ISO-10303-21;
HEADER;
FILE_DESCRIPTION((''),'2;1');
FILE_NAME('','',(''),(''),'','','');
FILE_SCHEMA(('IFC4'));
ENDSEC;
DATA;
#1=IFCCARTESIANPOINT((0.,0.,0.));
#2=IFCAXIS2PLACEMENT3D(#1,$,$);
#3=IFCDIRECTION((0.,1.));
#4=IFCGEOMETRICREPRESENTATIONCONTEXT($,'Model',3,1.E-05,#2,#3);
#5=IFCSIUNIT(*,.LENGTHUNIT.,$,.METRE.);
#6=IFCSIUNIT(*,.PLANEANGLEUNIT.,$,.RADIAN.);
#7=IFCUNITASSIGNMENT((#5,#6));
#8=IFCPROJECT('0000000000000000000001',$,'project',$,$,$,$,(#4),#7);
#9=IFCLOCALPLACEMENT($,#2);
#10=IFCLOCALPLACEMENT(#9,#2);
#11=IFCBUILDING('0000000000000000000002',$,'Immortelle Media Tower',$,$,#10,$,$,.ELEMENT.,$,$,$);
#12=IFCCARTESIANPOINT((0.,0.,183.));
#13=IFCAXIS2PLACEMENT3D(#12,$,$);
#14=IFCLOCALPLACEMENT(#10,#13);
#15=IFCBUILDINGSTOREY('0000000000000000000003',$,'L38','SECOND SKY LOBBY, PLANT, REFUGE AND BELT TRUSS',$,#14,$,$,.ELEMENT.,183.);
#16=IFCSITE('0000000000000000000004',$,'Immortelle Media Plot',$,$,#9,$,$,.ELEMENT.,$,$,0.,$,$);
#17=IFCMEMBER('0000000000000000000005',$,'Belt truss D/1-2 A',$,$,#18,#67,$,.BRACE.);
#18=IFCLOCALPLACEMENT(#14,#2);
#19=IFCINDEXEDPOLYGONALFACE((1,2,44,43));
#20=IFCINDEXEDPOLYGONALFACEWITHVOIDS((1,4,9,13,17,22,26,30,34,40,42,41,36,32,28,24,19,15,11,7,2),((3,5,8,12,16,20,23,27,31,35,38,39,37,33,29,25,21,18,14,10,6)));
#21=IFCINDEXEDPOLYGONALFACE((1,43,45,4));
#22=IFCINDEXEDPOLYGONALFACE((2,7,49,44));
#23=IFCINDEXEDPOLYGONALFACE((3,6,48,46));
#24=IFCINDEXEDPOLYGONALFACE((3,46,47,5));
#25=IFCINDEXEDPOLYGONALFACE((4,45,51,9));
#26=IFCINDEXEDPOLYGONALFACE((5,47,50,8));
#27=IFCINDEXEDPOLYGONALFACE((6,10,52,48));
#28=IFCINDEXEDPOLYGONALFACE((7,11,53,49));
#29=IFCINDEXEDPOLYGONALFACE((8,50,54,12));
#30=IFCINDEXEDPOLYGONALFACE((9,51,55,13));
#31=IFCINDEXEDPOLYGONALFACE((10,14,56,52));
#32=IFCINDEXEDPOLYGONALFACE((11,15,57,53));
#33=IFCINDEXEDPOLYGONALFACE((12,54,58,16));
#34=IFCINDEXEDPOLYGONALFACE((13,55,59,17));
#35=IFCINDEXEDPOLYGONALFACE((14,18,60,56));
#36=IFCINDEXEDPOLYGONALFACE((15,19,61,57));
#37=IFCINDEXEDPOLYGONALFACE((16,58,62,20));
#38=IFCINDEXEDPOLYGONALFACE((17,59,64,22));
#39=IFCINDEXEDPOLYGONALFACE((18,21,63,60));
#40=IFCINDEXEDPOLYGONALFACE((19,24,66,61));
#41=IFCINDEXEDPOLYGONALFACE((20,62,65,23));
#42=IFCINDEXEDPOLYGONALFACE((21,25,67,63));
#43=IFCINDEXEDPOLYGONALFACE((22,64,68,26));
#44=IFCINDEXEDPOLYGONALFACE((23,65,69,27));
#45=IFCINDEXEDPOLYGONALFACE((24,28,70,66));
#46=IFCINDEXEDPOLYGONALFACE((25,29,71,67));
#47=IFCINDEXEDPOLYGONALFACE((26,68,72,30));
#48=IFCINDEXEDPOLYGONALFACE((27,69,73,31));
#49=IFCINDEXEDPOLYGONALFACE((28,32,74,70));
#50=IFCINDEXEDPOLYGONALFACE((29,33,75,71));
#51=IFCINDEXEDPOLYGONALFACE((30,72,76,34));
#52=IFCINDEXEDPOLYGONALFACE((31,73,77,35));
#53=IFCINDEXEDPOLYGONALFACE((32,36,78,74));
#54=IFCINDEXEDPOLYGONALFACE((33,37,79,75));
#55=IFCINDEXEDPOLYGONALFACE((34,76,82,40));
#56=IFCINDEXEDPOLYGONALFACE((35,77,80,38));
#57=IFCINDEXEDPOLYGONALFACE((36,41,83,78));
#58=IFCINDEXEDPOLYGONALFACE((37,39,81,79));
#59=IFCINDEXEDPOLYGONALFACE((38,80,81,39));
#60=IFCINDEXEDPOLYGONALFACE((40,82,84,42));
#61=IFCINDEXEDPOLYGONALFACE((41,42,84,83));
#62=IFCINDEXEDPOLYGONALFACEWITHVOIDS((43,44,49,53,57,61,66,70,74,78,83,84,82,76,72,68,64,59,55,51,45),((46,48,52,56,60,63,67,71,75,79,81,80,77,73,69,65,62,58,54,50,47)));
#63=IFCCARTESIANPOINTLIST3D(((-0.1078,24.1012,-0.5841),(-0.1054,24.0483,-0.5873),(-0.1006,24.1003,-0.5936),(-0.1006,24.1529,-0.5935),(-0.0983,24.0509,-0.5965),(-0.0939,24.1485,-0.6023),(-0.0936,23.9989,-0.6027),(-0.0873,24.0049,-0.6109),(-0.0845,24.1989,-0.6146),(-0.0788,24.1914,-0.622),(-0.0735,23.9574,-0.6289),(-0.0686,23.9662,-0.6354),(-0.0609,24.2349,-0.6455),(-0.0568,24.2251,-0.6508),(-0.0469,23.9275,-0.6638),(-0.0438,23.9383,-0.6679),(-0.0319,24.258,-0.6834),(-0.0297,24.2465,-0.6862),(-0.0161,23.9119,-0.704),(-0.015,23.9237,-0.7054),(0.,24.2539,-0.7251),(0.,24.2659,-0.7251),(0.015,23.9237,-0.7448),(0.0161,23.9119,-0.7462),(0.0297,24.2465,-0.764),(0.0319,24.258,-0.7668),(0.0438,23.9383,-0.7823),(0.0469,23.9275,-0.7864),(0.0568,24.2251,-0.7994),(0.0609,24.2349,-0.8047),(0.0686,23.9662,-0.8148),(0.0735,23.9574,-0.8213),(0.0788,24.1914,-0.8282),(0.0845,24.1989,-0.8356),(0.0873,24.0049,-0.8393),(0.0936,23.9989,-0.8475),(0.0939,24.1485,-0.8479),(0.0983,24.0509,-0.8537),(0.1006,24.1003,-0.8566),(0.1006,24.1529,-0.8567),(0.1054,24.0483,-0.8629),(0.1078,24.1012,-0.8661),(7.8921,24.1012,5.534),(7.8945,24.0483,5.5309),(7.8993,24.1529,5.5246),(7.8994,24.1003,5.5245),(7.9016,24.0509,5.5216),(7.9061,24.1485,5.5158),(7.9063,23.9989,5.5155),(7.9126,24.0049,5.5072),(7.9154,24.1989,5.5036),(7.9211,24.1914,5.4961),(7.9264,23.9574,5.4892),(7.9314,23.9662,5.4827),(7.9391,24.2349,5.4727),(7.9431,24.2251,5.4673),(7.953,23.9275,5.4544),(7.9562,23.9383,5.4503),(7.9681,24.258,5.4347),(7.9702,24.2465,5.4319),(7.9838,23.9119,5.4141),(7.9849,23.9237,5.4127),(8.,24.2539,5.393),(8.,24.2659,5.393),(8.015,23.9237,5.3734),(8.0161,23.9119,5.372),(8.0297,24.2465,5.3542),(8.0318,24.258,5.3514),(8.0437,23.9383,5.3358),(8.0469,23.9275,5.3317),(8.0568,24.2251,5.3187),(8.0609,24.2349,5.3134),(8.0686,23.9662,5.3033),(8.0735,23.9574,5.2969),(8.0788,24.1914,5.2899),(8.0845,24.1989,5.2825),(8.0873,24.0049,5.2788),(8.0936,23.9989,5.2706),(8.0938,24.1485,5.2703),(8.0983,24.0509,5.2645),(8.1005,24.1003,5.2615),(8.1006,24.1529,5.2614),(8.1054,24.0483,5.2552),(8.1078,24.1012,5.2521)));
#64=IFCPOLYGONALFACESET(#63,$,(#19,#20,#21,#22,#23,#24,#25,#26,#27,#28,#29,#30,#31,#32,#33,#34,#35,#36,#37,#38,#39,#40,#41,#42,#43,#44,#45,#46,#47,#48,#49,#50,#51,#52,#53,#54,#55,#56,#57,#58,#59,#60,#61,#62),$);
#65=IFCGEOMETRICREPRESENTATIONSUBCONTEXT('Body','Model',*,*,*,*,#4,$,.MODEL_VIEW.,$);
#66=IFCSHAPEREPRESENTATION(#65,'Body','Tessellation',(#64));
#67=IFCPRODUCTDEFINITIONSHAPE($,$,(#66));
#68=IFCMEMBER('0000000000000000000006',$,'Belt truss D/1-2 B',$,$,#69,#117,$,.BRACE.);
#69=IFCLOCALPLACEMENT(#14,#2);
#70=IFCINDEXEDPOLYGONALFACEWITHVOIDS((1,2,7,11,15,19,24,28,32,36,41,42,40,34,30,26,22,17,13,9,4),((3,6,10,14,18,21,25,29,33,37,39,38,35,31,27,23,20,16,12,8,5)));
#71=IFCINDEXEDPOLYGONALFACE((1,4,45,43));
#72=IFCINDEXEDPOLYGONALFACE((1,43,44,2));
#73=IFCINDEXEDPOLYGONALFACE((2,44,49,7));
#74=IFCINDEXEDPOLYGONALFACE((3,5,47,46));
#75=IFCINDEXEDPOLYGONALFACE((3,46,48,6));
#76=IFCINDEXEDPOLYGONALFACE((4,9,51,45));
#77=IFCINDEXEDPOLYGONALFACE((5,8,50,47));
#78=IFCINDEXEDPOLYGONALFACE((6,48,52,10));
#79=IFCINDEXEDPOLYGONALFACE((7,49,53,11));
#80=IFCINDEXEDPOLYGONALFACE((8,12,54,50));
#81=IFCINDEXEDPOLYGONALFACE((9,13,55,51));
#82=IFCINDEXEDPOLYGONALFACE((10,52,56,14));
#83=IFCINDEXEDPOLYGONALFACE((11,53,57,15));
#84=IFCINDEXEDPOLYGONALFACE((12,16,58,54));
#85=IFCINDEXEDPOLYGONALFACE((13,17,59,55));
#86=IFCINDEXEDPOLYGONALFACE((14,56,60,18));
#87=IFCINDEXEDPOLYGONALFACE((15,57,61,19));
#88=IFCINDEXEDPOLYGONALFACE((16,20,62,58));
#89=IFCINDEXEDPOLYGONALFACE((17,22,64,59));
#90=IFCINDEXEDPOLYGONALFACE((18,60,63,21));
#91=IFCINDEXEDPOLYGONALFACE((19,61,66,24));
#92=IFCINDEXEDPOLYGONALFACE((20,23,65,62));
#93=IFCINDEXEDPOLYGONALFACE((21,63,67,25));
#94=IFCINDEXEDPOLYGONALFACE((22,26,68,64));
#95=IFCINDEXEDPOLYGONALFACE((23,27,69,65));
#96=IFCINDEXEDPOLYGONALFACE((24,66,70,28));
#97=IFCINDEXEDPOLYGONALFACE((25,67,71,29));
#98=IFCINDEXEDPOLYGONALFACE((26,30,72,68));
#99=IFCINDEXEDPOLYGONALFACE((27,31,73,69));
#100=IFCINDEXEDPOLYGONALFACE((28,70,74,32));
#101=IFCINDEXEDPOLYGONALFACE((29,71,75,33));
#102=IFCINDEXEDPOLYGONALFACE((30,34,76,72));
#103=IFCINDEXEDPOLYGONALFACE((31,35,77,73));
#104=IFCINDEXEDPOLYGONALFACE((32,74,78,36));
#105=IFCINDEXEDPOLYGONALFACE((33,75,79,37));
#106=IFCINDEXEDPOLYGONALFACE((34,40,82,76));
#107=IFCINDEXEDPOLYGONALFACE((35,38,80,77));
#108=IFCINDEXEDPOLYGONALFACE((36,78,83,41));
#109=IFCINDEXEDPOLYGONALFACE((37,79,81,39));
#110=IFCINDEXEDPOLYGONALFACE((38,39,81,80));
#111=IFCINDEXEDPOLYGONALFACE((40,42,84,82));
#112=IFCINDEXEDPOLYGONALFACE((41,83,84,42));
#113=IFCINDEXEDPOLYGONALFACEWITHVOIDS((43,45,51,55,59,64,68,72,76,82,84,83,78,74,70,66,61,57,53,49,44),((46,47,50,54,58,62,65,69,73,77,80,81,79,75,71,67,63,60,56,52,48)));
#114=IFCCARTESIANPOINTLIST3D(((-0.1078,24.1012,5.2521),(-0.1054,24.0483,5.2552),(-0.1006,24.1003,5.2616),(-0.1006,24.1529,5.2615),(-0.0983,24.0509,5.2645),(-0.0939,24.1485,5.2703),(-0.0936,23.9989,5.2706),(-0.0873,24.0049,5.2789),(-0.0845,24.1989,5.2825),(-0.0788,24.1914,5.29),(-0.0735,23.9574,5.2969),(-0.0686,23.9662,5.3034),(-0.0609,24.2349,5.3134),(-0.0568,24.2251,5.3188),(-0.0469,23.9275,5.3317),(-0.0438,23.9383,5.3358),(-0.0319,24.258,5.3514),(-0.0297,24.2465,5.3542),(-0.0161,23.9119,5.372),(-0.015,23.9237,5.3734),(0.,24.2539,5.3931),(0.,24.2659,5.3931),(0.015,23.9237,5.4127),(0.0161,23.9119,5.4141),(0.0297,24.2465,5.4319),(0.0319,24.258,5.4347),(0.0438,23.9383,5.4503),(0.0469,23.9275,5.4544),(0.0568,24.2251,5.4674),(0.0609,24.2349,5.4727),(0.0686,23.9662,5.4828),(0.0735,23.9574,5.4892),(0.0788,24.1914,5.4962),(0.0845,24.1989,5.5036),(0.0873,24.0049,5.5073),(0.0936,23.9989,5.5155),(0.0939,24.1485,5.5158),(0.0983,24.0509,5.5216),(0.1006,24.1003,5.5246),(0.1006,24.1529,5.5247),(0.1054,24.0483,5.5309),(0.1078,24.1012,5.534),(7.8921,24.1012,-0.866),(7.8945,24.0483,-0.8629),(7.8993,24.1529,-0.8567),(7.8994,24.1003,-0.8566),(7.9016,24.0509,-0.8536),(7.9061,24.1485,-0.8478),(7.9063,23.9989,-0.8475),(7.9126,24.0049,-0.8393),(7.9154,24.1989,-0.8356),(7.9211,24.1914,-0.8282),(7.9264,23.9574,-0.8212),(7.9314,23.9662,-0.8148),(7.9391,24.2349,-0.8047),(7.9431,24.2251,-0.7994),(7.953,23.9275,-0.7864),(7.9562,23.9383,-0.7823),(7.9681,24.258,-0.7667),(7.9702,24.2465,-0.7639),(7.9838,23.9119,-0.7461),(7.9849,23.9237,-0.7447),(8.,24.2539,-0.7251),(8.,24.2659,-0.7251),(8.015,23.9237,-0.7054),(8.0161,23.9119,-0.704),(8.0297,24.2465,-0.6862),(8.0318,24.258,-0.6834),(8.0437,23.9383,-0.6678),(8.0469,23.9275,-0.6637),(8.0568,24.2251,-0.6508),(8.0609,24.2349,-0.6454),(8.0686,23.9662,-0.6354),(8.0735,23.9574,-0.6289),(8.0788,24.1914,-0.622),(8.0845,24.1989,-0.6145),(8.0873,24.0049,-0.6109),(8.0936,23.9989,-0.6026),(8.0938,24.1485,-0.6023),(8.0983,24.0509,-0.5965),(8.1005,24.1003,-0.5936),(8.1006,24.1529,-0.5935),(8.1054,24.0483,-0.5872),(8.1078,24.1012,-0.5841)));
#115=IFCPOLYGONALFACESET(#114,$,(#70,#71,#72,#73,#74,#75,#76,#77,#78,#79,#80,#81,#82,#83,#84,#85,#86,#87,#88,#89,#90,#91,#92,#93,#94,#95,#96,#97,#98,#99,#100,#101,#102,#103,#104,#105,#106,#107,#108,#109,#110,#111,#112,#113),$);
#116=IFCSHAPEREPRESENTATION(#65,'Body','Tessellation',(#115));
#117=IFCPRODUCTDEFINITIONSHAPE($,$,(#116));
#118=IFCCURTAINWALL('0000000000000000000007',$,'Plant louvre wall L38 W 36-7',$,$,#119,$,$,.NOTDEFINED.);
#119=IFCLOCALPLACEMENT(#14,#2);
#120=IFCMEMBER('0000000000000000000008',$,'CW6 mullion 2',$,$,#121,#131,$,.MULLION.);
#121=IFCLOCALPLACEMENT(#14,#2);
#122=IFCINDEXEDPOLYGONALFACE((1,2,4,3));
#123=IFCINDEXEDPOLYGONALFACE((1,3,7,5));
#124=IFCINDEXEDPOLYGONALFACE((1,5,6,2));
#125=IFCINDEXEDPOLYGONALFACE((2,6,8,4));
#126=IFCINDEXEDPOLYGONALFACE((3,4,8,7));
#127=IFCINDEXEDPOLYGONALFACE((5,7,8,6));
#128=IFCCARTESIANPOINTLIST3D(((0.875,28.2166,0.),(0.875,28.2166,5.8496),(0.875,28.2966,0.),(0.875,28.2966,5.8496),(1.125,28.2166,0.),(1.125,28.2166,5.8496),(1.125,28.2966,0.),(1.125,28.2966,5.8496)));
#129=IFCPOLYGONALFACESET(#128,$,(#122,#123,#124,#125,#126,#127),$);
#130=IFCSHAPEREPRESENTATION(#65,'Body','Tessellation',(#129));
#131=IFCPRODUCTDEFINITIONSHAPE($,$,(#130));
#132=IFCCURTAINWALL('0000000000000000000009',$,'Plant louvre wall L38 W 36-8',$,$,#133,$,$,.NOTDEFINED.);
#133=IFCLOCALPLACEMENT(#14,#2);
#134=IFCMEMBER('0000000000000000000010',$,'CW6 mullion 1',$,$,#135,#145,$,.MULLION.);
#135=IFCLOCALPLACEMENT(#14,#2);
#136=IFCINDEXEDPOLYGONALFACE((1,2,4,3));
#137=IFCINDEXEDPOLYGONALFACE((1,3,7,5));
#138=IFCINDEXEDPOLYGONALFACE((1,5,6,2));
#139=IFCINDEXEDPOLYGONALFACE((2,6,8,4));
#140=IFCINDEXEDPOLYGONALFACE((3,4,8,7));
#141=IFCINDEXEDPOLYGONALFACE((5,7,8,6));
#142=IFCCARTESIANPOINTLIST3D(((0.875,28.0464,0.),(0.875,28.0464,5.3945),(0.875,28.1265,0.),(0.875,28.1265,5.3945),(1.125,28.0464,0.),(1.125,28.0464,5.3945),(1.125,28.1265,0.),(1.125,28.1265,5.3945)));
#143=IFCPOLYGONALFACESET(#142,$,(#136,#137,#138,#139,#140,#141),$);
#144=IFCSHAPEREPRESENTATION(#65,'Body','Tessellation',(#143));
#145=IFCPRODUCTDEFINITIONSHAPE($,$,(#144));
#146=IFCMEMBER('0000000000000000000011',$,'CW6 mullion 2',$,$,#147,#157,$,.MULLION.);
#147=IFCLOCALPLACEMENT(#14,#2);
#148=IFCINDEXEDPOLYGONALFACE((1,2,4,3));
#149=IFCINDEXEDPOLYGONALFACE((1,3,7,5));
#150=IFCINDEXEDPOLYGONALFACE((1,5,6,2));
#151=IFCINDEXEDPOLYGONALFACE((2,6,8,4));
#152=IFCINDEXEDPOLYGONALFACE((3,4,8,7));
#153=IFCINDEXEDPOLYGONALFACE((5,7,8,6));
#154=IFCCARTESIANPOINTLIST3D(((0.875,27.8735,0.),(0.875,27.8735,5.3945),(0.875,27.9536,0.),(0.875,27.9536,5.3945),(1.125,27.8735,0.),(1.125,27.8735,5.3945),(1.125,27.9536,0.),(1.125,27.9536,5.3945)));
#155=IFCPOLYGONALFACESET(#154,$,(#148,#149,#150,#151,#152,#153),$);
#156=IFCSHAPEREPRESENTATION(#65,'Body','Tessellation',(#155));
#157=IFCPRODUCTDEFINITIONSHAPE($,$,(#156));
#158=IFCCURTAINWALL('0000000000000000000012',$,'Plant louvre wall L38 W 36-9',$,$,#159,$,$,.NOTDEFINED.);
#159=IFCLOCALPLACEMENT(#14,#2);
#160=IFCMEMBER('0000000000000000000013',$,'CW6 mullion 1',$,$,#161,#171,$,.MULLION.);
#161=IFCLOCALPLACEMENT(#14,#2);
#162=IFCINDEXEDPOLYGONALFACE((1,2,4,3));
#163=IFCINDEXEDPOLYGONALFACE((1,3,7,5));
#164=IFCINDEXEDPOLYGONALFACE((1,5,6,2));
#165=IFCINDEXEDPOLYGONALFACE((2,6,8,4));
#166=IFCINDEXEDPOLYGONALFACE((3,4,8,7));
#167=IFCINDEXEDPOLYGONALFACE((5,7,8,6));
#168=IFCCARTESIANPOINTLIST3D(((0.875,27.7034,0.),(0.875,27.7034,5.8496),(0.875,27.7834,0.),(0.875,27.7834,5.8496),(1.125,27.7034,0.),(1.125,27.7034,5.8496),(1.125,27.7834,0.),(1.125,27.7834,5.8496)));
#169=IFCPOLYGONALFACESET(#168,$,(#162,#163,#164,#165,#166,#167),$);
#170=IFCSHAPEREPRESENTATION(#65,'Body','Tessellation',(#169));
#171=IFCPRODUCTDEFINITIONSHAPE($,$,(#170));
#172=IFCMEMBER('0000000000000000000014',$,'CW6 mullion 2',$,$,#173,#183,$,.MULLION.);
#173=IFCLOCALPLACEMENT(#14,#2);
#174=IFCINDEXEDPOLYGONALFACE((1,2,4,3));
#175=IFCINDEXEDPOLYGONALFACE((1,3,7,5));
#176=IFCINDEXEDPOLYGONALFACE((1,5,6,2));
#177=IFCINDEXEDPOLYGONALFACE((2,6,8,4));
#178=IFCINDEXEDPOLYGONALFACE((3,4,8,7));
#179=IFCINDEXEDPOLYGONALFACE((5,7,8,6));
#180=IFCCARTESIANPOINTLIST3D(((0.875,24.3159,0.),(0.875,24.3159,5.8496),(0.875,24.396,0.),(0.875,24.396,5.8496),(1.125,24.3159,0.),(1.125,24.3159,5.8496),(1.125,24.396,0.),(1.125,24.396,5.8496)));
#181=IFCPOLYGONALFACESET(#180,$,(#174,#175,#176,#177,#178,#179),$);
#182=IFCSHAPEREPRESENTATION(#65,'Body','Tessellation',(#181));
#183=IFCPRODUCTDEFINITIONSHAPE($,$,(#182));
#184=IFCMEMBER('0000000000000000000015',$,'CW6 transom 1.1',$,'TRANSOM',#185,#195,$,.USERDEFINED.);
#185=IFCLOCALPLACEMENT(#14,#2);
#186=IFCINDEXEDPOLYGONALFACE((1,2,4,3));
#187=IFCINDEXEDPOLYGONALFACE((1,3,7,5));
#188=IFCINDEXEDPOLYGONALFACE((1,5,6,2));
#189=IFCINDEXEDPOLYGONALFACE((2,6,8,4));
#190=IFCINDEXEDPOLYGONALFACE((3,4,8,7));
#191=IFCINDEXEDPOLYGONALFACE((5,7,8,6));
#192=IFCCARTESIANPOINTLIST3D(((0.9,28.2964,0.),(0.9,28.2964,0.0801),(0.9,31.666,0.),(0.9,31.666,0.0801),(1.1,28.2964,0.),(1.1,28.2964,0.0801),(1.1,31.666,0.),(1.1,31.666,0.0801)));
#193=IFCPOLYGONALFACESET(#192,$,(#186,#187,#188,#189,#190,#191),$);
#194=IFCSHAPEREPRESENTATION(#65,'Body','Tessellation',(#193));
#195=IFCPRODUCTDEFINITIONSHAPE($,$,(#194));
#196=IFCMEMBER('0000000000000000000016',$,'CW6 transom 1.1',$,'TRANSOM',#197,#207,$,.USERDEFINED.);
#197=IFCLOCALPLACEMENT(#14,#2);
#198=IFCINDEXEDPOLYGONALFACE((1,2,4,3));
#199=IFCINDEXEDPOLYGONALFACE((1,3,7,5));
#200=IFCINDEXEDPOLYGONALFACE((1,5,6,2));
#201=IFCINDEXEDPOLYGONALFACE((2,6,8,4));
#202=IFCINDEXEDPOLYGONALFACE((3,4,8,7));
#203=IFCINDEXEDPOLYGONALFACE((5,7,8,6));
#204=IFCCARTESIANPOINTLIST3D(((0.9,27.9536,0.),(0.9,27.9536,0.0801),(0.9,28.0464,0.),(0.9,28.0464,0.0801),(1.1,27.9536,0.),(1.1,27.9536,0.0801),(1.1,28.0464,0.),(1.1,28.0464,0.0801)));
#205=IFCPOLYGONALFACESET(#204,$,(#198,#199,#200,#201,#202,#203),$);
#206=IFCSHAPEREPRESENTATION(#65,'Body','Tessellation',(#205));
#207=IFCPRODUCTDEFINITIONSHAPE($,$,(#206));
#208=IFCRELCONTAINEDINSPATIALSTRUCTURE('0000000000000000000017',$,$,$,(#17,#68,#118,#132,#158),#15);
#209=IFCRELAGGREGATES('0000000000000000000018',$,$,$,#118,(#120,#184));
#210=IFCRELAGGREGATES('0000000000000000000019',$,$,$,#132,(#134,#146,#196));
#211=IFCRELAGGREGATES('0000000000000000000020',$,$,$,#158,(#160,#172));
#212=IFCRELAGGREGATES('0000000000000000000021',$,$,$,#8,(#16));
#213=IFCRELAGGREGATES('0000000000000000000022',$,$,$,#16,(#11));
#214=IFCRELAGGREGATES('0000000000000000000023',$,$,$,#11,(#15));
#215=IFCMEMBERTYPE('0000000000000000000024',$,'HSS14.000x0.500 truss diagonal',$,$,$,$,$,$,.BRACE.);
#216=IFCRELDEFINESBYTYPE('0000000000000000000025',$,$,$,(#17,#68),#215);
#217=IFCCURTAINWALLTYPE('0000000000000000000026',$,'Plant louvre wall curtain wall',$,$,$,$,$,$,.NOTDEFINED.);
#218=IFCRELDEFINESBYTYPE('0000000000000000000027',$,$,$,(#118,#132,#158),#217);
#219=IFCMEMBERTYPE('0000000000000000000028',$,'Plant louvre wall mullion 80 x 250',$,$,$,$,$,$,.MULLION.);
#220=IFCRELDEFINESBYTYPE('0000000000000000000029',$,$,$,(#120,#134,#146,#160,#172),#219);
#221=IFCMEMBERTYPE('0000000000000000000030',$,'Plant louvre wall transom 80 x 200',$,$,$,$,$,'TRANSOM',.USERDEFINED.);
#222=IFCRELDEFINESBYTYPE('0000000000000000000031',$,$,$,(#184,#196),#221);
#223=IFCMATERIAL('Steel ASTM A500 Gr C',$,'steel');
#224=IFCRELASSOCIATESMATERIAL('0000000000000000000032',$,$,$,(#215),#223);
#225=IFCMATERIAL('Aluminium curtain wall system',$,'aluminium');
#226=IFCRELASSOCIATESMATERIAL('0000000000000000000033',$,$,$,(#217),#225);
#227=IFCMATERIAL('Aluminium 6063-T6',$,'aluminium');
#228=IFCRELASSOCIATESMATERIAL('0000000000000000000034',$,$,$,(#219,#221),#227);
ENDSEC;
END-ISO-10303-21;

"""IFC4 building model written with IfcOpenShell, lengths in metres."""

from ifc_helpers import new_model, si_unit, direction, frame, origin, origin_2d, place, context, subcontext, project, spatial, rectangle, hollow_circle, extrude, material, material_profile, profile_set, type_object, element, aggregate, save


model = new_model("IFC4")

# Units and contexts
model_context = context("Model", 3, precision=1e-05, world=origin(), true_north=direction((0.0, 1.0)))
body_context = subcontext(model_context, "Body", "Model", "MODEL_VIEW")
ifc_project = project(units=[si_unit("LENGTHUNIT", "METRE"), si_unit("PLANEANGLEUNIT", "RADIAN")], contexts=[model_context])

# Site, building, storey
site_placement = place(None, origin())
site = spatial("IfcSite", under=ifc_project, at=site_placement, Name="Immortelle Media Plot", CompositionType="ELEMENT", RefElevation=0.0)
building_placement = place(site_placement, origin())
building = spatial("IfcBuilding", under=site, at=building_placement, Name="Immortelle Media Tower", CompositionType="ELEMENT")
storey_placement = place(building_placement, frame((0.0, 0.0, 183.0)))
storey = spatial("IfcBuildingStorey", under=building, at=storey_placement, Name="L38", Description="SECOND SKY LOBBY, PLANT, REFUGE AND BELT TRUSS", CompositionType="ELEMENT", Elevation=183.0)

# Members
ifc_material_1 = material(Name="Steel ASTM A500 Gr C", Category="steel")
ifc_material_profile_1 = material_profile(ifc_material_1, hollow_circle(Radius=0.178, WallThickness=0.012, at=origin_2d()), Name="HSS14.000x0.500 truss diagonal")
ifc_profile_set_1 = profile_set([ifc_material_profile_1], Name="Steel ASTM A500 Gr C")
member_type_1 = type_object("IfcMemberType", Name="HSS14.000x0.500 truss diagonal", PredefinedType="BRACE", material=ifc_profile_set_1)
for number, where, z_axis, x_axis, name in (
    (1, (0.0, 24.0879, -0.7251), (0.794333, 0.0, 0.607482), (0.0, 1.0, 0.0), "Belt truss D/1-2 A"),
    (2, (0.0, 24.0879, 5.3931), (0.794333, 0.0, -0.607482), (0.0, 1.0, 0.0), "Belt truss D/1-2 B"),
):
    element("IfcMember", number, at=place(storey_placement, frame(where, z_axis=z_axis, x_axis=x_axis)), inside=storey, type_object=member_type_1, Name=name, PredefinedType="BRACE", context=body_context, shape_type="SweptSolid", body=[
        extrude(hollow_circle(Radius=0.178, WallThickness=0.012, at=origin_2d()), origin(), (0.0, 0.0, 1.0), 10.0713),
    ])

# Curtain wall, member
ifc_material_2 = material(Name="Aluminium curtain wall system", Category="aluminium")
curtain_wall_type = type_object("IfcCurtainWallType", Name="Plant louvre wall curtain wall", PredefinedType="NOTDEFINED", material=ifc_material_2)
curtain_wall_1_placement = place(storey_placement, origin())
curtain_wall_1 = element("IfcCurtainWall", 3, at=curtain_wall_1_placement, inside=storey, type_object=curtain_wall_type, Name="Plant louvre wall L38 W 36-7", PredefinedType="NOTDEFINED")
ifc_material_3 = material(Name="Aluminium 6063-T6", Category="aluminium")
ifc_material_profile_2 = material_profile(ifc_material_3, rectangle(XDim=0.25, YDim=0.0801, at=origin_2d()), Name="AL 80x250")
ifc_profile_set_2 = profile_set([ifc_material_profile_2], Name="Aluminium 6063-T6")
member_type_2 = type_object("IfcMemberType", Name="Plant louvre wall mullion 80 x 250", PredefinedType="MULLION", material=ifc_profile_set_2)
member_1_placement = place(storey_placement, frame((1.0, 28.2566, 0.0), z_axis=(0.0, 0.0, 1.0), x_axis=(1.0, 0.0, 0.0)))
member_1 = element("IfcMember", 4, at=member_1_placement, type_object=member_type_2, Name="CW6 mullion 2", PredefinedType="MULLION", context=body_context, shape_type="SweptSolid", body=[
    extrude(rectangle(XDim=0.25, YDim=0.0801, at=origin_2d()), origin(), (0.0, 0.0, 1.0), 5.8496),
])

# Curtain walls, members
curtain_wall_2_placement = place(storey_placement, origin())
curtain_wall_2 = element("IfcCurtainWall", 5, at=curtain_wall_2_placement, inside=storey, type_object=curtain_wall_type, Name="Plant louvre wall L38 W 36-8", PredefinedType="NOTDEFINED")
member_2_placement = place(storey_placement, frame((1.0, 28.0864, 0.0), z_axis=(0.0, 0.0, 1.0), x_axis=(1.0, 0.0, 0.0)))
member_2 = element("IfcMember", 6, at=member_2_placement, type_object=member_type_2, Name="CW6 mullion 1", PredefinedType="MULLION", context=body_context, shape_type="SweptSolid", body=[
    extrude(rectangle(XDim=0.25, YDim=0.0801, at=origin_2d()), origin(), (0.0, 0.0, 1.0), 5.3945),
])
member_3_placement = place(storey_placement, frame((1.0, 27.9136, 0.0), z_axis=(0.0, 0.0, 1.0), x_axis=(1.0, 0.0, 0.0)))
member_3 = element("IfcMember", 7, at=member_3_placement, type_object=member_type_2, Name="CW6 mullion 2", PredefinedType="MULLION", context=body_context, shape_type="SweptSolid", body=[
    extrude(rectangle(XDim=0.25, YDim=0.0801, at=origin_2d()), origin(), (0.0, 0.0, 1.0), 5.3945),
])
curtain_wall_3_placement = place(storey_placement, origin())
curtain_wall_3 = element("IfcCurtainWall", 8, at=curtain_wall_3_placement, inside=storey, type_object=curtain_wall_type, Name="Plant louvre wall L38 W 36-9", PredefinedType="NOTDEFINED")
member_4_placement = place(storey_placement, frame((1.0, 27.7434, 0.0), z_axis=(0.0, 0.0, 1.0), x_axis=(1.0, 0.0, 0.0)))
member_4 = element("IfcMember", 9, at=member_4_placement, type_object=member_type_2, Name="CW6 mullion 1", PredefinedType="MULLION", context=body_context, shape_type="SweptSolid", body=[
    extrude(rectangle(XDim=0.25, YDim=0.0801, at=origin_2d()), origin(), (0.0, 0.0, 1.0), 5.8496),
])
member_5_placement = place(storey_placement, frame((1.0, 24.356, 0.0), z_axis=(0.0, 0.0, 1.0), x_axis=(1.0, 0.0, 0.0)))
member_5 = element("IfcMember", 10, at=member_5_placement, type_object=member_type_2, Name="CW6 mullion 2", PredefinedType="MULLION", context=body_context, shape_type="SweptSolid", body=[
    extrude(rectangle(XDim=0.25, YDim=0.0801, at=origin_2d()), origin(), (0.0, 0.0, 1.0), 5.8496),
])

# Members
ifc_material_profile_3 = material_profile(ifc_material_3, rectangle(XDim=0.2, YDim=0.0801, at=origin_2d()), Name="AL 80x200")
ifc_profile_set_3 = profile_set([ifc_material_profile_3], Name="Aluminium 6063-T6")
member_type_3 = type_object("IfcMemberType", Name="Plant louvre wall transom 80 x 200", ElementType="TRANSOM", PredefinedType="USERDEFINED", material=ifc_profile_set_3)
member_6_placement = place(storey_placement, frame((1.0, 31.666, 0.04), z_axis=(0.0, -1.0, 0.0), x_axis=(1.0, 0.0, 0.0)))
member_6 = element("IfcMember", 11, at=member_6_placement, type_object=member_type_3, Name="CW6 transom 1.1", ObjectType="TRANSOM", PredefinedType="USERDEFINED", context=body_context, shape_type="SweptSolid", body=[
    extrude(rectangle(XDim=0.2, YDim=0.0801, at=origin_2d()), origin(), (0.0, 0.0, 1.0), 3.3696),
])
member_7_placement = place(storey_placement, frame((1.0, 28.0464, 0.04), z_axis=(0.0, -1.0, 0.0), x_axis=(1.0, 0.0, 0.0)))
member_7 = element("IfcMember", 12, at=member_7_placement, type_object=member_type_3, Name="CW6 transom 1.1", ObjectType="TRANSOM", PredefinedType="USERDEFINED", context=body_context, shape_type="SweptSolid", body=[
    extrude(rectangle(XDim=0.2, YDim=0.0801, at=origin_2d()), origin(), (0.0, 0.0, 1.0), 0.0928),
])

aggregate(curtain_wall_1, [member_1, member_6])
aggregate(curtain_wall_2, [member_2, member_3, member_7])
aggregate(curtain_wall_3, [member_4, member_5])

save(model, "model.ifc")
